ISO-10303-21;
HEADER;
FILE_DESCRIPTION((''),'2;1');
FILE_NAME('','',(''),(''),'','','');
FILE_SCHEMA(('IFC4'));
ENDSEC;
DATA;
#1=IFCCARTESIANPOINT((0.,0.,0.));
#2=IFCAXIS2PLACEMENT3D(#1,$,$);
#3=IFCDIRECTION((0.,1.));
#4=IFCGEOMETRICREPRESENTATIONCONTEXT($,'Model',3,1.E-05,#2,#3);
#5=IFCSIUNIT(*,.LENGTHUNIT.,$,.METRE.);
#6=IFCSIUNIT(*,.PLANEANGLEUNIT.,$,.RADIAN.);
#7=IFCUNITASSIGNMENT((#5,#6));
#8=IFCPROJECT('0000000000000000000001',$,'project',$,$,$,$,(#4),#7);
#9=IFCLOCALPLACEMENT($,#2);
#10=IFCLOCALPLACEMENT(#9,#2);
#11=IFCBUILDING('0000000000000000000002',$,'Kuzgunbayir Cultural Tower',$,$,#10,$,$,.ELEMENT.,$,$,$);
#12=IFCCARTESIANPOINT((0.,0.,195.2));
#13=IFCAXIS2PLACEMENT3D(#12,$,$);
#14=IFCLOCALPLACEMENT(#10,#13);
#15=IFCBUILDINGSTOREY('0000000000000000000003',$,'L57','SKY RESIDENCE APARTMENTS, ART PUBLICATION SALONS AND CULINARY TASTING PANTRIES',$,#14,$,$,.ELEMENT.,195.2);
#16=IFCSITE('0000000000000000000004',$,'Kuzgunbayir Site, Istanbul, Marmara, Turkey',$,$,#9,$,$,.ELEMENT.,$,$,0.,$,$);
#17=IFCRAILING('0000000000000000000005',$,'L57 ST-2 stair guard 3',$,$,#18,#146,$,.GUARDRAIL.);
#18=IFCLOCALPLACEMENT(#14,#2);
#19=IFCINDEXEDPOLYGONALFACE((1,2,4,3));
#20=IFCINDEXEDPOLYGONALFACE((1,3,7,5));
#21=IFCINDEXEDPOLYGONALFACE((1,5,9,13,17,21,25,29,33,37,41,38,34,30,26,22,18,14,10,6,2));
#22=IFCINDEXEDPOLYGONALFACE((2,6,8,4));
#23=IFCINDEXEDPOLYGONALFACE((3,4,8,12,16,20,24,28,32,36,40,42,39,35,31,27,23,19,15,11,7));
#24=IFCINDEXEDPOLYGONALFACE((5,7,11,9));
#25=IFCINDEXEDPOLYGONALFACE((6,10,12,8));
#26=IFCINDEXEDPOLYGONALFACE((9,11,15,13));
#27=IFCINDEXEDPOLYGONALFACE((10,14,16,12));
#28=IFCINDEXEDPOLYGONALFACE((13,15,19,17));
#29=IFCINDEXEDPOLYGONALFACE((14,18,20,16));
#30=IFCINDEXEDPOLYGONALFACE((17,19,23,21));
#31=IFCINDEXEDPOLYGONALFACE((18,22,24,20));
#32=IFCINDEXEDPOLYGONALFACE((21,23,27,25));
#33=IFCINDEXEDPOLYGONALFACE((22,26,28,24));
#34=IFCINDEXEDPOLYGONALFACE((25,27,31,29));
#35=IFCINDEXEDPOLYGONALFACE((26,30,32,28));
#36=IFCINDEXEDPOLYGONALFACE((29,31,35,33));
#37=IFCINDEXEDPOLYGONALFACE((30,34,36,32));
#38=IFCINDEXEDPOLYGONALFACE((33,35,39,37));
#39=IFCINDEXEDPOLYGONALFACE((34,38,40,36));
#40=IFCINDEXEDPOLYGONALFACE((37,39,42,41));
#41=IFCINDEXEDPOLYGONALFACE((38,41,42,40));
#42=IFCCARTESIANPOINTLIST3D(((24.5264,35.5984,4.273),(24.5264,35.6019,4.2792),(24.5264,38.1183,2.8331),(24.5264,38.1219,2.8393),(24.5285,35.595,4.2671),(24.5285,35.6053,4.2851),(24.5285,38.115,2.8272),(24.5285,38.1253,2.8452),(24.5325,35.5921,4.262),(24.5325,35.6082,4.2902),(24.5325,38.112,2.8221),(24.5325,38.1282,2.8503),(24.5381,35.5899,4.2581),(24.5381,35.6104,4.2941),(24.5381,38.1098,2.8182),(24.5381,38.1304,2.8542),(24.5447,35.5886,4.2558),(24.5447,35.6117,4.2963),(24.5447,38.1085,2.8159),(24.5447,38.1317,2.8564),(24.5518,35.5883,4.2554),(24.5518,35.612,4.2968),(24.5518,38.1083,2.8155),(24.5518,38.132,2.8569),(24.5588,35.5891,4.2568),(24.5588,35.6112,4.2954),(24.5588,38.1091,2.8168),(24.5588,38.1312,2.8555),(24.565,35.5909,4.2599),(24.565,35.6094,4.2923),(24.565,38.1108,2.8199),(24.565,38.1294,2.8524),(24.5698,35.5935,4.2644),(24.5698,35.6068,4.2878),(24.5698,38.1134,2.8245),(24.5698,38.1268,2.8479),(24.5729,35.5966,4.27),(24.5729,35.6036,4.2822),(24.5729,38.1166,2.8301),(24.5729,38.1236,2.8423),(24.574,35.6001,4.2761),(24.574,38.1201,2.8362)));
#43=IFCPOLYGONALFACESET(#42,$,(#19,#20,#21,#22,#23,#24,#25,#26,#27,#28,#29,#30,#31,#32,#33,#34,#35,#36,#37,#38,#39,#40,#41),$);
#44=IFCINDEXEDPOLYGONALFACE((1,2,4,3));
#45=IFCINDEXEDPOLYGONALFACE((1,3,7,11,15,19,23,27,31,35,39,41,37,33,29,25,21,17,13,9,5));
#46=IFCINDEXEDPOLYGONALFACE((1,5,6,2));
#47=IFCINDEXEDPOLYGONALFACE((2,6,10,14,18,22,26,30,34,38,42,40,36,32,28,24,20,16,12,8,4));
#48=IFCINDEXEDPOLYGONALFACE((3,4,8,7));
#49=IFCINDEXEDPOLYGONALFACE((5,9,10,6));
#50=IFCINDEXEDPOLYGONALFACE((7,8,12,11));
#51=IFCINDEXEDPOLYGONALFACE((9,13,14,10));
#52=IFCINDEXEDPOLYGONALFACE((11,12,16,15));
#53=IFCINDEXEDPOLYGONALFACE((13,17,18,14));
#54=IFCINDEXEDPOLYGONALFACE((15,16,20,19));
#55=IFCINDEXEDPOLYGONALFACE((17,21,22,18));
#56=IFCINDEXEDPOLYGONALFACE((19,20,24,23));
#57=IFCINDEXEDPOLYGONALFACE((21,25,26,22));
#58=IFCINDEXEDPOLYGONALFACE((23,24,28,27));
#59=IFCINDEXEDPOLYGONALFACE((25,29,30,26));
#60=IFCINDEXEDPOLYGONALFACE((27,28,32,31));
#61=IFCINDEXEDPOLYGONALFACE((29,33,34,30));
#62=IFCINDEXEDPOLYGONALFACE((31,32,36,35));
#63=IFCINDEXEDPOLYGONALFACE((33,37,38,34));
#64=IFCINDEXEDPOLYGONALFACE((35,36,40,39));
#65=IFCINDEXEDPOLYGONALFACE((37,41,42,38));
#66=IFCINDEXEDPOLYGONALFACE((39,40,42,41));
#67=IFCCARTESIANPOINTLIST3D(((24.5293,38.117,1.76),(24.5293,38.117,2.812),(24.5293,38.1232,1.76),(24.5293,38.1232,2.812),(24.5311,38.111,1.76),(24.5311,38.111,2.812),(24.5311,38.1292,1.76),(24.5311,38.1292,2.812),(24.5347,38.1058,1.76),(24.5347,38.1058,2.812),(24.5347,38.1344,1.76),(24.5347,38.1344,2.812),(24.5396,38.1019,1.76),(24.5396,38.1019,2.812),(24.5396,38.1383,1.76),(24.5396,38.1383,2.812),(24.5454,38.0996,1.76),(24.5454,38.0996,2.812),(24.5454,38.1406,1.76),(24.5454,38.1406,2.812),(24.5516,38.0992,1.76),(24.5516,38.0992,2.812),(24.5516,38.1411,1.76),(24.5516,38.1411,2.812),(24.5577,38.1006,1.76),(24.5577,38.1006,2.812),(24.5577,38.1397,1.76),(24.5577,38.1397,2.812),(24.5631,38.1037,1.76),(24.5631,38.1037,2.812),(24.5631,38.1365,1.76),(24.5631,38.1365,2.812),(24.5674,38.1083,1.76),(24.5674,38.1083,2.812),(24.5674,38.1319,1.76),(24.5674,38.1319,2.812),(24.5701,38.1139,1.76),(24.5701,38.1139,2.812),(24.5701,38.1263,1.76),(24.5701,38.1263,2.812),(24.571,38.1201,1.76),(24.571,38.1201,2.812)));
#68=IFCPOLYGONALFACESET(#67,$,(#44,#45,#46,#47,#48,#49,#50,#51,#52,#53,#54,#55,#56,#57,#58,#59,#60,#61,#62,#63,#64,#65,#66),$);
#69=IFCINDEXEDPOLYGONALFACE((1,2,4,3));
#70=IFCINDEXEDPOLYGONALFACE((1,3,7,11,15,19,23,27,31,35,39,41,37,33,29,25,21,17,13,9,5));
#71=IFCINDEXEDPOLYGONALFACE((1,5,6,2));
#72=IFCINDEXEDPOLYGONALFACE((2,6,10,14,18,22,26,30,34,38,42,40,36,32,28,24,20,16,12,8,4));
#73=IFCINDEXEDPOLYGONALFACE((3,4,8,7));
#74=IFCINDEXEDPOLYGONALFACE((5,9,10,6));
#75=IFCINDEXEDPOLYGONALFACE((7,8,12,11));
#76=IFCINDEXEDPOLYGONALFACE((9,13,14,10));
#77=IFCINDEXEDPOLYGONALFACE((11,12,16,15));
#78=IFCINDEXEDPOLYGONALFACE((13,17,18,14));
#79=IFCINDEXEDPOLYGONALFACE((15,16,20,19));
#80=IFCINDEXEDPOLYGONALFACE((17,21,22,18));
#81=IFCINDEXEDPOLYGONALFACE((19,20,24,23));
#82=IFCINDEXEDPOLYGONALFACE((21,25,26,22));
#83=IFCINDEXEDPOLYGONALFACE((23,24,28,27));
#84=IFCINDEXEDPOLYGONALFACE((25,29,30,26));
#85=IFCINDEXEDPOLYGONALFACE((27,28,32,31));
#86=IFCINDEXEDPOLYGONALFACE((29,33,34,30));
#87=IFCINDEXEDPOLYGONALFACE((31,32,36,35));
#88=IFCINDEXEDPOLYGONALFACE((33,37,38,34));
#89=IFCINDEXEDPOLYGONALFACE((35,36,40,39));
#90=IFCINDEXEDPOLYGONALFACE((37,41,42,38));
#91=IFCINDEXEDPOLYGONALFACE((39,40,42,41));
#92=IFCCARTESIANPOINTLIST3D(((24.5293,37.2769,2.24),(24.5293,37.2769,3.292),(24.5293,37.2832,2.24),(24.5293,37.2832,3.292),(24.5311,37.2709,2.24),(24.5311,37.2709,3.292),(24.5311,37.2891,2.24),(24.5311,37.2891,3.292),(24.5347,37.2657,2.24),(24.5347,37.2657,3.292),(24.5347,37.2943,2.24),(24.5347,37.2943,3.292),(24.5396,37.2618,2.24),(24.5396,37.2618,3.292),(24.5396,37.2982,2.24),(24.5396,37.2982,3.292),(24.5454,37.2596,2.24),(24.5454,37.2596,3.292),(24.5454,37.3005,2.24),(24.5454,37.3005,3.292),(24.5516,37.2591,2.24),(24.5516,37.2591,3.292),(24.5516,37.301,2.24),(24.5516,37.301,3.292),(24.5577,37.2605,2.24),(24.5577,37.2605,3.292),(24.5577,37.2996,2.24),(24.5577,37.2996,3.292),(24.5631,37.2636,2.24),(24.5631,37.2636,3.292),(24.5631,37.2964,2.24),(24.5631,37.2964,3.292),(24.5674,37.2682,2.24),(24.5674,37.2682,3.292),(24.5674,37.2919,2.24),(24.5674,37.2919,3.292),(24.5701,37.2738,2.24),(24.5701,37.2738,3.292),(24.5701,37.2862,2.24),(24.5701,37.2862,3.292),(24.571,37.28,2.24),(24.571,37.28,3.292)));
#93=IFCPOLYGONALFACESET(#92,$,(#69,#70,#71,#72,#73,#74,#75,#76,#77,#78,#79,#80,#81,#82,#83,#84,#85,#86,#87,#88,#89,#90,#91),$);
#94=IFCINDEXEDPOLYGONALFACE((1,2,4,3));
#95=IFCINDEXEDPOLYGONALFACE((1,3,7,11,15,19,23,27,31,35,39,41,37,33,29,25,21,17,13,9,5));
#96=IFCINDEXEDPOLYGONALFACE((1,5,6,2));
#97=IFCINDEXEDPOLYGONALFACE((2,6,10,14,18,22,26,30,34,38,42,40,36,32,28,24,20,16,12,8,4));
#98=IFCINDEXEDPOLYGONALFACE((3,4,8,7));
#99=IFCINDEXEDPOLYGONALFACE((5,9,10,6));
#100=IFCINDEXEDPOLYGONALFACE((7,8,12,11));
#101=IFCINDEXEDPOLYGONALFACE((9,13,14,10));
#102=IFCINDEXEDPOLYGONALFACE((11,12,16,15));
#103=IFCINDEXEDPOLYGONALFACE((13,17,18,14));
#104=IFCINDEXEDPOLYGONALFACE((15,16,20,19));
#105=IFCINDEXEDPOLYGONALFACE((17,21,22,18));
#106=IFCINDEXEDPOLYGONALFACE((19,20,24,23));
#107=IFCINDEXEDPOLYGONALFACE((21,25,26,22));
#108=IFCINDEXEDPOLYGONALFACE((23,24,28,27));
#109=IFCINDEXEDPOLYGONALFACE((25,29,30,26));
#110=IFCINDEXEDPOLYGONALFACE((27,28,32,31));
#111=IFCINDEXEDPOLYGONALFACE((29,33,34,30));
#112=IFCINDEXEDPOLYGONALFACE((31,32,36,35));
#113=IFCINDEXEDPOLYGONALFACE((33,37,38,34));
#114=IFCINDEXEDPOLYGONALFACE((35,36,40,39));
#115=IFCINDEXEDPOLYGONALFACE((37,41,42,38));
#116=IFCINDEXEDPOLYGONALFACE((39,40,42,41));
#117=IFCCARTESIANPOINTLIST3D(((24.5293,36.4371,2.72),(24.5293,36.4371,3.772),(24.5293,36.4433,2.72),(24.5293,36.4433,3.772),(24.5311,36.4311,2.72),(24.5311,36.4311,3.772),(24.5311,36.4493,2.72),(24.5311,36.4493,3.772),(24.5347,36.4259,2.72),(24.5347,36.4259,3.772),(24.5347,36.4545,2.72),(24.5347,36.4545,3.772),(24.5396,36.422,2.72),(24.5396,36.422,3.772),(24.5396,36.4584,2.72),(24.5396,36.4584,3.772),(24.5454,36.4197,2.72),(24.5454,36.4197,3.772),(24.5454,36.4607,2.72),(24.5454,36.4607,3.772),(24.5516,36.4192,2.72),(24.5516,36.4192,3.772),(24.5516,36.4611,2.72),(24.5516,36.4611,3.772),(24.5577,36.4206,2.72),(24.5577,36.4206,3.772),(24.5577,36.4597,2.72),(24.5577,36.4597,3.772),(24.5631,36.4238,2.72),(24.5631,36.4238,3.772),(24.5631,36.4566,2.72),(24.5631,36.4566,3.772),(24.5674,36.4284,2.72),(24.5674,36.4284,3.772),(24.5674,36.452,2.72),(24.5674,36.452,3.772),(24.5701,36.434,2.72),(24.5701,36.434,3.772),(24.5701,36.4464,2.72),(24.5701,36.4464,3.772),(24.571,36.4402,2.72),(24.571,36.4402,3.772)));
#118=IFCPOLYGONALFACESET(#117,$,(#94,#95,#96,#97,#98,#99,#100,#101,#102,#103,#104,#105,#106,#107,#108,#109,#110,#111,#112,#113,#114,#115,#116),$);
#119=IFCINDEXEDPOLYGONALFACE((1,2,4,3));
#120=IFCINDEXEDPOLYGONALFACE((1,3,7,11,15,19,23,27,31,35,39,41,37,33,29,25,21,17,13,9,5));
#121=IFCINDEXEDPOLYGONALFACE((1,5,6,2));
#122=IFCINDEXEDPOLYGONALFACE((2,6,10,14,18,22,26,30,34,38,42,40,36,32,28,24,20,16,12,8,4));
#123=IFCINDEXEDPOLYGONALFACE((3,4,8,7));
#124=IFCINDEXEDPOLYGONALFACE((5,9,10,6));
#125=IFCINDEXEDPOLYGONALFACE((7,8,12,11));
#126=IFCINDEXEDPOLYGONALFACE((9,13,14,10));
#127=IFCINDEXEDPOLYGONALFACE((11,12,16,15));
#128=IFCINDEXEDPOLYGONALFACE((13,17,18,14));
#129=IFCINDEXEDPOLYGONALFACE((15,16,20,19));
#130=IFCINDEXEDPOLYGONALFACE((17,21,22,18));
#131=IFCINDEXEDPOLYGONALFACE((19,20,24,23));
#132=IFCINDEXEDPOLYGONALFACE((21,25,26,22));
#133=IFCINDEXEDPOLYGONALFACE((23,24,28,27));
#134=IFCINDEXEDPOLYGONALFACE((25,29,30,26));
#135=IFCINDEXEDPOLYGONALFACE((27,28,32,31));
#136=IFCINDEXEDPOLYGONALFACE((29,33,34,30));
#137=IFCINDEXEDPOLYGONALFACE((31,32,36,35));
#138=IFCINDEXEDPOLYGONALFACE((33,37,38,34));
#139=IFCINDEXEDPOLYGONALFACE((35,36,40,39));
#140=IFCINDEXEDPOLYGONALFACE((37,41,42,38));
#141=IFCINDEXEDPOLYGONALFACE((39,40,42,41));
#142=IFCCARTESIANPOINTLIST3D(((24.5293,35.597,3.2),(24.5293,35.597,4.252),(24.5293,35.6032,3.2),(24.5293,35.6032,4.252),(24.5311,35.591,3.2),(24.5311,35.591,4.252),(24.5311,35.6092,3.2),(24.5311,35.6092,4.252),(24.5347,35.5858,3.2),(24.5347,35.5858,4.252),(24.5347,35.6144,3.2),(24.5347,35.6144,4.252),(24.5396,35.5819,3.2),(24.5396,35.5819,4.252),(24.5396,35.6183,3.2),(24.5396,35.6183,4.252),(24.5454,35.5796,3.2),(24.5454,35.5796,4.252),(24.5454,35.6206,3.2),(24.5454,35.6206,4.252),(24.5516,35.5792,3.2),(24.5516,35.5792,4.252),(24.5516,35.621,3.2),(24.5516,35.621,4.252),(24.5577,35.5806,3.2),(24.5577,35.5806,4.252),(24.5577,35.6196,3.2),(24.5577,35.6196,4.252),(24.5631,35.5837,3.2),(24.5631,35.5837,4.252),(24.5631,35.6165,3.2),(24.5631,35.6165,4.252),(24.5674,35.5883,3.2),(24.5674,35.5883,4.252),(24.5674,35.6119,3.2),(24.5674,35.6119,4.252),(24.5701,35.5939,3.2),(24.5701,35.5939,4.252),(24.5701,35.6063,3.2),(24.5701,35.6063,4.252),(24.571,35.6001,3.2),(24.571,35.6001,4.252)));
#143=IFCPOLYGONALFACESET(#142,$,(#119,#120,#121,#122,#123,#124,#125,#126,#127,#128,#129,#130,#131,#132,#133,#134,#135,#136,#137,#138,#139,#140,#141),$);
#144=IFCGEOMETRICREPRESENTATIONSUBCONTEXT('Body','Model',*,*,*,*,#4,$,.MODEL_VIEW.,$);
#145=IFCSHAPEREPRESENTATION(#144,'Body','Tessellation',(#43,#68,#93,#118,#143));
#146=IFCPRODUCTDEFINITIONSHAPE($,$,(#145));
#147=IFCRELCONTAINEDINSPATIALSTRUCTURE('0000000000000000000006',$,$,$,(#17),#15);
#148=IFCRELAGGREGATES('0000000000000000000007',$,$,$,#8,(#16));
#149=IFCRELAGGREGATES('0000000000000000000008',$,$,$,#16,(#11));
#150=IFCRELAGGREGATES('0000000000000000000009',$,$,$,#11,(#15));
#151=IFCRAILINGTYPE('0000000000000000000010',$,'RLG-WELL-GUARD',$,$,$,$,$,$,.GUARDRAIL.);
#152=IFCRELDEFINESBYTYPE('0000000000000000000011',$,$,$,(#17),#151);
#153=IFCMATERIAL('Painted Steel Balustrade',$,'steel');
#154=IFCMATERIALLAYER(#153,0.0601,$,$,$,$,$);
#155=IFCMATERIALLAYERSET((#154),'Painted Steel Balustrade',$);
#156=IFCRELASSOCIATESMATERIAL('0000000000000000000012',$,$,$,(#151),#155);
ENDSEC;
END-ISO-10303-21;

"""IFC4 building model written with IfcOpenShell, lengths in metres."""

from ifc_helpers import new_model, si_unit, direction, frame, origin, origin_2d, place, context, subcontext, project, spatial, circle, extrude, material, layer, layer_set, type_object, element, save


model = new_model("IFC4")

# Units and contexts
model_context = context("Model", 3, precision=1e-05, world=origin(), true_north=direction((0.0, 1.0)))
body_context = subcontext(model_context, "Body", "Model", "MODEL_VIEW")
ifc_project = project(units=[si_unit("LENGTHUNIT", "METRE"), si_unit("PLANEANGLEUNIT", "RADIAN")], contexts=[model_context])

# Site, building, storey
site_placement = place(None, origin())
site = spatial("IfcSite", under=ifc_project, at=site_placement, Name="Kuzgunbayir Site, Istanbul, Marmara, Turkey", CompositionType="ELEMENT", RefElevation=0.0)
building_placement = place(site_placement, origin())
building = spatial("IfcBuilding", under=site, at=building_placement, Name="Kuzgunbayir Cultural Tower", CompositionType="ELEMENT")
storey_placement = place(building_placement, frame((0.0, 0.0, 195.2)))
storey = spatial("IfcBuildingStorey", under=building, at=storey_placement, Name="L57", Description="SKY RESIDENCE APARTMENTS, ART PUBLICATION SALONS AND CULINARY TASTING PANTRIES", CompositionType="ELEMENT", Elevation=195.2)

# Railing
ifc_material_1 = material(Name="Painted Steel Balustrade", Category="steel")
ifc_layer_1 = layer(ifc_material_1, 0.0601)
ifc_layer_set_1 = layer_set([ifc_layer_1], Name="Painted Steel Balustrade")
railing_type_1 = type_object("IfcRailingType", Name="RLG-WELL-GUARD", PredefinedType="GUARDRAIL", material=ifc_layer_set_1)
railing_1_placement = place(storey_placement, frame((24.55, 38.1201, 1.76)))
element("IfcRailing", 1, at=railing_1_placement, inside=storey, type_object=railing_type_1, Name="L57 ST-2 stair guard 3", PredefinedType="GUARDRAIL", context=body_context, shape_type="SweptSolid", body=[
    extrude(circle(Radius=0.0239, at=origin_2d()), frame((0.0, 0.0, 1.0762), z_axis=(0.0, -0.868253, 0.496121), x_axis=(1.0, 0.0, 0.0)), (0.0, 0.0, 1.0), 2.9023),
    extrude(circle(Radius=0.021, at=origin_2d()), origin(), (0.0, 0.0, 1.0), 1.052),
    extrude(circle(Radius=0.021, at=origin_2d()), frame((0.0, -0.8401, 0.48)), (0.0, 0.0, 1.0), 1.052),
    extrude(circle(Radius=0.021, at=origin_2d()), frame((0.0, -1.6799, 0.96)), (0.0, 0.0, 1.0), 1.052),
    extrude(circle(Radius=0.021, at=origin_2d()), frame((0.0, -2.52, 1.4399)), (0.0, 0.0, 1.0), 1.052),
])

save(model, "model.ifc")
